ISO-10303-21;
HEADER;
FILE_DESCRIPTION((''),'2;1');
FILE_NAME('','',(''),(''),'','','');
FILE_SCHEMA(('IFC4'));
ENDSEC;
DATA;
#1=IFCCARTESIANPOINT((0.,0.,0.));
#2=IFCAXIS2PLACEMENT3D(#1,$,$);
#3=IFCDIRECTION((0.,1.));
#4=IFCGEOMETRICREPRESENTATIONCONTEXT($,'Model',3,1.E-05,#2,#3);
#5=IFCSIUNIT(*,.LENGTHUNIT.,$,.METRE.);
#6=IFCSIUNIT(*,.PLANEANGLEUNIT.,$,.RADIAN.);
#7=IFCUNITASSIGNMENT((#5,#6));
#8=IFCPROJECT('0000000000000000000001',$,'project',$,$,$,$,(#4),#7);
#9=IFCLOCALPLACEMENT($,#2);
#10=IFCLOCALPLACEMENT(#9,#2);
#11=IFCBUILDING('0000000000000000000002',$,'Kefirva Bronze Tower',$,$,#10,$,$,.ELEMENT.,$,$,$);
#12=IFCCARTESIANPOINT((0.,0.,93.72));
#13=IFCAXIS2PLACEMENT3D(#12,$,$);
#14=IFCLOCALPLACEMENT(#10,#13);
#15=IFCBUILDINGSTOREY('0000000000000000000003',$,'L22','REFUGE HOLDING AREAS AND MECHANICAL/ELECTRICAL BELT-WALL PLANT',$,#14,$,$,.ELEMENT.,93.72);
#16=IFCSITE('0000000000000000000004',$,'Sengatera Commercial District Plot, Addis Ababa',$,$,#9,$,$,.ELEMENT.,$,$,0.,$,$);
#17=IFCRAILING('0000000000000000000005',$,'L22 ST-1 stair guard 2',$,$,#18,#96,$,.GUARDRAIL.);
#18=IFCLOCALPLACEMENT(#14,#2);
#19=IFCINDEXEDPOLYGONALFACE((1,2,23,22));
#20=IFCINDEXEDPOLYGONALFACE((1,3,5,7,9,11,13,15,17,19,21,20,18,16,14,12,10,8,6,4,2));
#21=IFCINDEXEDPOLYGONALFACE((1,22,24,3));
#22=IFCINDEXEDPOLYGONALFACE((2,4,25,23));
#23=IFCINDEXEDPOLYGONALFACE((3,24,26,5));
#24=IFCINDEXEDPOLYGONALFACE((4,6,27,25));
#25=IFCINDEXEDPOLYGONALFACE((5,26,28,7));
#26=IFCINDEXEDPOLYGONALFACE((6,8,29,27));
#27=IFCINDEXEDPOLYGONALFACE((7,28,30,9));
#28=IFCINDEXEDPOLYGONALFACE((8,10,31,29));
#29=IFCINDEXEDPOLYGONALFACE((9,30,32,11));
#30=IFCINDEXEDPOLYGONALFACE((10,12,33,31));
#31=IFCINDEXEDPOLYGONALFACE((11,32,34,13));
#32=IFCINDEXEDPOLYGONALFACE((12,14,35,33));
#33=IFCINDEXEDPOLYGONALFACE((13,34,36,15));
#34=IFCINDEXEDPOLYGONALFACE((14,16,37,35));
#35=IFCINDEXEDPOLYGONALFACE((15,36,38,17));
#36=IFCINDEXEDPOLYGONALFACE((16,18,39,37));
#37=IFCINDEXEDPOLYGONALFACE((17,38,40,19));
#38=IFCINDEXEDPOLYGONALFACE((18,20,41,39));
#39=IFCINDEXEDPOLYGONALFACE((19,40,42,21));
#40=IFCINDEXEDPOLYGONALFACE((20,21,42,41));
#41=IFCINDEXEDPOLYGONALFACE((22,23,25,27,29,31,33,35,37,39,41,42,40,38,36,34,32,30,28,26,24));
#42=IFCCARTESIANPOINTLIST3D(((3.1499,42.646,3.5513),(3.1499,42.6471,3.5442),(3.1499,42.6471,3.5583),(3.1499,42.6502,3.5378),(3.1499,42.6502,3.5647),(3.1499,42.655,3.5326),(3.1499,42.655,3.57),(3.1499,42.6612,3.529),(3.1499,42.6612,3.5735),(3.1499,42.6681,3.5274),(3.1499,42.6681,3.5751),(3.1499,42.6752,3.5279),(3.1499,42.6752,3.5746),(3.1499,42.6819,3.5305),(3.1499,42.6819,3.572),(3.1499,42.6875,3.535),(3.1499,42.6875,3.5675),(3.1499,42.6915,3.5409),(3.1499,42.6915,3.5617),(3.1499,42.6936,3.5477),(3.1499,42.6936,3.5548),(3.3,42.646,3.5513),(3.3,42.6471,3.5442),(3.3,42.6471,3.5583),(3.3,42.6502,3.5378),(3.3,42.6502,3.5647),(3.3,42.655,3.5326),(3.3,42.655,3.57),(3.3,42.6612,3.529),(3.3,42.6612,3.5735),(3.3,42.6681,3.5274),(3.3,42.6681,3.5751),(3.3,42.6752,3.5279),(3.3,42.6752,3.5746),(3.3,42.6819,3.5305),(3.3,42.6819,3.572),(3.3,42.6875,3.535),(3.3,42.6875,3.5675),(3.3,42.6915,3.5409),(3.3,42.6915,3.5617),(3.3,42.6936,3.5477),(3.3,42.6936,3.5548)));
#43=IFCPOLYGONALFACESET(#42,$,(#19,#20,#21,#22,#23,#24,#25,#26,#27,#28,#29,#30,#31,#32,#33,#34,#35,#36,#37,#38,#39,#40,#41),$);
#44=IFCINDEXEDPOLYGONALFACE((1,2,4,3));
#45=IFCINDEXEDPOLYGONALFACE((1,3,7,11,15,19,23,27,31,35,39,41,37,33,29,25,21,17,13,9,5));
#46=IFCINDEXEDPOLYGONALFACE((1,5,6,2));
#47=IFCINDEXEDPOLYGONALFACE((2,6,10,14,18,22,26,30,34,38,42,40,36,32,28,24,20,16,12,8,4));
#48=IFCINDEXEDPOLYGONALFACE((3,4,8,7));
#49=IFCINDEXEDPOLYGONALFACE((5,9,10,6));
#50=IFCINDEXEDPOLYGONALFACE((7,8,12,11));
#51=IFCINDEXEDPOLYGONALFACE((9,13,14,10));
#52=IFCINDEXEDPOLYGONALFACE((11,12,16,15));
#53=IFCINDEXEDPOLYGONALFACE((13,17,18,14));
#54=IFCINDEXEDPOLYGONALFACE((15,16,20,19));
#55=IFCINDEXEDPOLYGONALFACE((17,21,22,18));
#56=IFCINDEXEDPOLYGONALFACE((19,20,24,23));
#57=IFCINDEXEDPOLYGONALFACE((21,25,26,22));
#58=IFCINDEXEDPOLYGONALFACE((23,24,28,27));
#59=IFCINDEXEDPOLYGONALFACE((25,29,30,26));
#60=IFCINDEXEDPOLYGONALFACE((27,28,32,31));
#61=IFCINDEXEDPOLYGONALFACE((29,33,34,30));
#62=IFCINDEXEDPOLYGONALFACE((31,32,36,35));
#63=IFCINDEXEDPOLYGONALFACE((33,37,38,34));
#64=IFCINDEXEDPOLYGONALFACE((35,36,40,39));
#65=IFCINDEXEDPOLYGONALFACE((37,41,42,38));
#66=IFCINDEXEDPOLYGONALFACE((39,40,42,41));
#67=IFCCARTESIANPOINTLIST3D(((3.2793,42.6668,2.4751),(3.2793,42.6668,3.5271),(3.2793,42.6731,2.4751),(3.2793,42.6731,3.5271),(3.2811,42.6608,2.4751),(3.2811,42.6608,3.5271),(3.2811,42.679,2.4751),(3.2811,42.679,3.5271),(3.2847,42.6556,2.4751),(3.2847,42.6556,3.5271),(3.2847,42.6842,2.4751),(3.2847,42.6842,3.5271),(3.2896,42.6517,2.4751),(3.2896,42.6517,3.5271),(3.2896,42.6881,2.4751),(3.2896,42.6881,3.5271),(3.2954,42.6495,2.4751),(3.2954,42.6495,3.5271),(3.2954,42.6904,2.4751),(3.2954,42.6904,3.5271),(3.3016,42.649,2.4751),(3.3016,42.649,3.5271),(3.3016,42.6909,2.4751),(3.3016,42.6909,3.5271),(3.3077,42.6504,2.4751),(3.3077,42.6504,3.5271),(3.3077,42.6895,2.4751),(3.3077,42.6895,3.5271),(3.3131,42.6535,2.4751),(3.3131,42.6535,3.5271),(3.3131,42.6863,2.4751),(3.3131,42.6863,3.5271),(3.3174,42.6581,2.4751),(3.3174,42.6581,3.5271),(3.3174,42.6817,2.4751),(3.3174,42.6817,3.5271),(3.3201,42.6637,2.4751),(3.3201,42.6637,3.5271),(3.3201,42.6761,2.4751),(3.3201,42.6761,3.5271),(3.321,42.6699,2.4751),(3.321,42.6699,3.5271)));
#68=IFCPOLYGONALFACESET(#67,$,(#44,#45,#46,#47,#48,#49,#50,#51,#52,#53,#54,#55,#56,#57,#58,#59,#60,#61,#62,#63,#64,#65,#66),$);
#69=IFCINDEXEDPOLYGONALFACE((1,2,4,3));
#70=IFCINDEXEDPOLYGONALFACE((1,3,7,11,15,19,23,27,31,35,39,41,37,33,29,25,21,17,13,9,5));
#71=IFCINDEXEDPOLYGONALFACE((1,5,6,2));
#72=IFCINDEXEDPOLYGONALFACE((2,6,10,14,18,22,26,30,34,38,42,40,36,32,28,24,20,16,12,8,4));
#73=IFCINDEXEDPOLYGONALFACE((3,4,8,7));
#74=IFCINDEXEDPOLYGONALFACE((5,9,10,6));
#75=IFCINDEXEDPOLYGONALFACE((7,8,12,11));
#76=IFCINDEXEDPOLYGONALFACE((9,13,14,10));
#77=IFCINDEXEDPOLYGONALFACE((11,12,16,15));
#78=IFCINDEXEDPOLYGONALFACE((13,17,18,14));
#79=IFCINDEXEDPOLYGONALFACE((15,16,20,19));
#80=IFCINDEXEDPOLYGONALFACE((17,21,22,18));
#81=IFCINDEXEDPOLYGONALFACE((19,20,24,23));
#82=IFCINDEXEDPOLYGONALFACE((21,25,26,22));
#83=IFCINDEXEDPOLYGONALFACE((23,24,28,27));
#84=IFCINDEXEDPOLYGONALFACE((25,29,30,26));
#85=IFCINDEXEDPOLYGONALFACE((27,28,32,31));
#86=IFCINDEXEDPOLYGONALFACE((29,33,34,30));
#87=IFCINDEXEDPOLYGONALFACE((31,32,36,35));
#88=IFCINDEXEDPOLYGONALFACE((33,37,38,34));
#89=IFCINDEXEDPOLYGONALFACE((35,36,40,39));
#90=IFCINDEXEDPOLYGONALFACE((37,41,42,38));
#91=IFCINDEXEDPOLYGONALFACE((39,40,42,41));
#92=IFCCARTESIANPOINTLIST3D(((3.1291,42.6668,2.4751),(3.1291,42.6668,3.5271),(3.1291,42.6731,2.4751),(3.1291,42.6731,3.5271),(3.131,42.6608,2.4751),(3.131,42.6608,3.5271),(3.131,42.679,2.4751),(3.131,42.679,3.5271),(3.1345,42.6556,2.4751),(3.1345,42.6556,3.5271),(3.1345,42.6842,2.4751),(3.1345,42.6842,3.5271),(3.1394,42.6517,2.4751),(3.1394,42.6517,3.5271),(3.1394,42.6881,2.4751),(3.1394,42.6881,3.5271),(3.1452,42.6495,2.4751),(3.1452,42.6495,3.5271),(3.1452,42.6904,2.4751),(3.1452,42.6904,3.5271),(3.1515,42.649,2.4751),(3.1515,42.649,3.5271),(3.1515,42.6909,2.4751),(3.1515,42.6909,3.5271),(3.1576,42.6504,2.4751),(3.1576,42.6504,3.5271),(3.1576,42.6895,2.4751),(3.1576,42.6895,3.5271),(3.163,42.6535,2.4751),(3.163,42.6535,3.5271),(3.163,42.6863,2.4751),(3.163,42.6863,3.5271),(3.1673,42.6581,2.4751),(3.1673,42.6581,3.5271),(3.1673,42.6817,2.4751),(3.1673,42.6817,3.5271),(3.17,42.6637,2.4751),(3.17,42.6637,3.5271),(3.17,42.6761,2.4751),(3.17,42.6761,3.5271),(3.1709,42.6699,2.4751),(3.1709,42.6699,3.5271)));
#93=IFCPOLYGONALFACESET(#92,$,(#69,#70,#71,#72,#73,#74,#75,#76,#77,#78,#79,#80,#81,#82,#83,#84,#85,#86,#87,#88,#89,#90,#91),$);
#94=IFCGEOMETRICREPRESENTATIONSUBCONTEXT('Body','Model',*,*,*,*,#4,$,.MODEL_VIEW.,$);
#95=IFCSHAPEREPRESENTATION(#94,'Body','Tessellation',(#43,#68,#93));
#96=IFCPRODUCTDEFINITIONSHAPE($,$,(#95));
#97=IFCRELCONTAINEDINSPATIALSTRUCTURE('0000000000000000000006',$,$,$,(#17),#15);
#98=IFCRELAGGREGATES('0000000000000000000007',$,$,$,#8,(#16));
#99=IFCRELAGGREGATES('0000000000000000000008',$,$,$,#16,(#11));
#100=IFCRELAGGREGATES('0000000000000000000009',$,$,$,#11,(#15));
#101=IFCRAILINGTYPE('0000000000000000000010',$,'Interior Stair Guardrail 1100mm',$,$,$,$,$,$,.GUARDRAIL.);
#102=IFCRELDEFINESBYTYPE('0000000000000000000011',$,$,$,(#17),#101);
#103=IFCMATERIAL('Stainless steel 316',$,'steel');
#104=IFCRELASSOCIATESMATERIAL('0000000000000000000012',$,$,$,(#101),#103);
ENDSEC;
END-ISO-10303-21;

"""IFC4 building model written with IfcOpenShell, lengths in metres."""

from ifc_helpers import new_model, si_unit, direction, frame, origin, origin_2d, place, context, subcontext, project, spatial, circle, extrude, material, type_object, element, save


model = new_model("IFC4")

# Units and contexts
model_context = context("Model", 3, precision=1e-05, world=origin(), true_north=direction((0.0, 1.0)))
body_context = subcontext(model_context, "Body", "Model", "MODEL_VIEW")
ifc_project = project(units=[si_unit("LENGTHUNIT", "METRE"), si_unit("PLANEANGLEUNIT", "RADIAN")], contexts=[model_context])

# Site, building, storey
site_placement = place(None, origin())
site = spatial("IfcSite", under=ifc_project, at=site_placement, Name="Sengatera Commercial District Plot, Addis Ababa", CompositionType="ELEMENT", RefElevation=0.0)
building_placement = place(site_placement, origin())
building = spatial("IfcBuilding", under=site, at=building_placement, Name="Kefirva Bronze Tower", CompositionType="ELEMENT")
storey_placement = place(building_placement, frame((0.0, 0.0, 93.72)))
storey = spatial("IfcBuildingStorey", under=building, at=storey_placement, Name="L22", Description="REFUGE HOLDING AREAS AND MECHANICAL/ELECTRICAL BELT-WALL PLANT", CompositionType="ELEMENT", Elevation=93.72)

# Shared definitions
ifc_material_1 = material(Name="Stainless steel 316", Category="steel")

# Railing
railing_type_1 = type_object("IfcRailingType", Name="Interior Stair Guardrail 1100mm", PredefinedType="GUARDRAIL", material=ifc_material_1)
railing_1_placement = place(storey_placement, frame((3.3, 42.6699, 2.4751)))
element("IfcRailing", 1, at=railing_1_placement, inside=storey, type_object=railing_type_1, Name="L22 ST-1 stair guard 2", PredefinedType="GUARDRAIL", context=body_context, shape_type="SweptSolid", body=[
    extrude(circle(Radius=0.0239, at=origin_2d()), frame((0.0, 0.0, 1.0762), z_axis=(-1.0, 0.0, 0.0), x_axis=(0.0, -1.0, 0.0)), (0.0, 0.0, 1.0), 0.1501),
    extrude(circle(Radius=0.021, at=origin_2d()), origin(), (0.0, 0.0, 1.0), 1.052),
    extrude(circle(Radius=0.021, at=origin_2d()), frame((-0.1501, 0.0, 0.0)), (0.0, 0.0, 1.0), 1.052),
])

save(model, "model.ifc")
